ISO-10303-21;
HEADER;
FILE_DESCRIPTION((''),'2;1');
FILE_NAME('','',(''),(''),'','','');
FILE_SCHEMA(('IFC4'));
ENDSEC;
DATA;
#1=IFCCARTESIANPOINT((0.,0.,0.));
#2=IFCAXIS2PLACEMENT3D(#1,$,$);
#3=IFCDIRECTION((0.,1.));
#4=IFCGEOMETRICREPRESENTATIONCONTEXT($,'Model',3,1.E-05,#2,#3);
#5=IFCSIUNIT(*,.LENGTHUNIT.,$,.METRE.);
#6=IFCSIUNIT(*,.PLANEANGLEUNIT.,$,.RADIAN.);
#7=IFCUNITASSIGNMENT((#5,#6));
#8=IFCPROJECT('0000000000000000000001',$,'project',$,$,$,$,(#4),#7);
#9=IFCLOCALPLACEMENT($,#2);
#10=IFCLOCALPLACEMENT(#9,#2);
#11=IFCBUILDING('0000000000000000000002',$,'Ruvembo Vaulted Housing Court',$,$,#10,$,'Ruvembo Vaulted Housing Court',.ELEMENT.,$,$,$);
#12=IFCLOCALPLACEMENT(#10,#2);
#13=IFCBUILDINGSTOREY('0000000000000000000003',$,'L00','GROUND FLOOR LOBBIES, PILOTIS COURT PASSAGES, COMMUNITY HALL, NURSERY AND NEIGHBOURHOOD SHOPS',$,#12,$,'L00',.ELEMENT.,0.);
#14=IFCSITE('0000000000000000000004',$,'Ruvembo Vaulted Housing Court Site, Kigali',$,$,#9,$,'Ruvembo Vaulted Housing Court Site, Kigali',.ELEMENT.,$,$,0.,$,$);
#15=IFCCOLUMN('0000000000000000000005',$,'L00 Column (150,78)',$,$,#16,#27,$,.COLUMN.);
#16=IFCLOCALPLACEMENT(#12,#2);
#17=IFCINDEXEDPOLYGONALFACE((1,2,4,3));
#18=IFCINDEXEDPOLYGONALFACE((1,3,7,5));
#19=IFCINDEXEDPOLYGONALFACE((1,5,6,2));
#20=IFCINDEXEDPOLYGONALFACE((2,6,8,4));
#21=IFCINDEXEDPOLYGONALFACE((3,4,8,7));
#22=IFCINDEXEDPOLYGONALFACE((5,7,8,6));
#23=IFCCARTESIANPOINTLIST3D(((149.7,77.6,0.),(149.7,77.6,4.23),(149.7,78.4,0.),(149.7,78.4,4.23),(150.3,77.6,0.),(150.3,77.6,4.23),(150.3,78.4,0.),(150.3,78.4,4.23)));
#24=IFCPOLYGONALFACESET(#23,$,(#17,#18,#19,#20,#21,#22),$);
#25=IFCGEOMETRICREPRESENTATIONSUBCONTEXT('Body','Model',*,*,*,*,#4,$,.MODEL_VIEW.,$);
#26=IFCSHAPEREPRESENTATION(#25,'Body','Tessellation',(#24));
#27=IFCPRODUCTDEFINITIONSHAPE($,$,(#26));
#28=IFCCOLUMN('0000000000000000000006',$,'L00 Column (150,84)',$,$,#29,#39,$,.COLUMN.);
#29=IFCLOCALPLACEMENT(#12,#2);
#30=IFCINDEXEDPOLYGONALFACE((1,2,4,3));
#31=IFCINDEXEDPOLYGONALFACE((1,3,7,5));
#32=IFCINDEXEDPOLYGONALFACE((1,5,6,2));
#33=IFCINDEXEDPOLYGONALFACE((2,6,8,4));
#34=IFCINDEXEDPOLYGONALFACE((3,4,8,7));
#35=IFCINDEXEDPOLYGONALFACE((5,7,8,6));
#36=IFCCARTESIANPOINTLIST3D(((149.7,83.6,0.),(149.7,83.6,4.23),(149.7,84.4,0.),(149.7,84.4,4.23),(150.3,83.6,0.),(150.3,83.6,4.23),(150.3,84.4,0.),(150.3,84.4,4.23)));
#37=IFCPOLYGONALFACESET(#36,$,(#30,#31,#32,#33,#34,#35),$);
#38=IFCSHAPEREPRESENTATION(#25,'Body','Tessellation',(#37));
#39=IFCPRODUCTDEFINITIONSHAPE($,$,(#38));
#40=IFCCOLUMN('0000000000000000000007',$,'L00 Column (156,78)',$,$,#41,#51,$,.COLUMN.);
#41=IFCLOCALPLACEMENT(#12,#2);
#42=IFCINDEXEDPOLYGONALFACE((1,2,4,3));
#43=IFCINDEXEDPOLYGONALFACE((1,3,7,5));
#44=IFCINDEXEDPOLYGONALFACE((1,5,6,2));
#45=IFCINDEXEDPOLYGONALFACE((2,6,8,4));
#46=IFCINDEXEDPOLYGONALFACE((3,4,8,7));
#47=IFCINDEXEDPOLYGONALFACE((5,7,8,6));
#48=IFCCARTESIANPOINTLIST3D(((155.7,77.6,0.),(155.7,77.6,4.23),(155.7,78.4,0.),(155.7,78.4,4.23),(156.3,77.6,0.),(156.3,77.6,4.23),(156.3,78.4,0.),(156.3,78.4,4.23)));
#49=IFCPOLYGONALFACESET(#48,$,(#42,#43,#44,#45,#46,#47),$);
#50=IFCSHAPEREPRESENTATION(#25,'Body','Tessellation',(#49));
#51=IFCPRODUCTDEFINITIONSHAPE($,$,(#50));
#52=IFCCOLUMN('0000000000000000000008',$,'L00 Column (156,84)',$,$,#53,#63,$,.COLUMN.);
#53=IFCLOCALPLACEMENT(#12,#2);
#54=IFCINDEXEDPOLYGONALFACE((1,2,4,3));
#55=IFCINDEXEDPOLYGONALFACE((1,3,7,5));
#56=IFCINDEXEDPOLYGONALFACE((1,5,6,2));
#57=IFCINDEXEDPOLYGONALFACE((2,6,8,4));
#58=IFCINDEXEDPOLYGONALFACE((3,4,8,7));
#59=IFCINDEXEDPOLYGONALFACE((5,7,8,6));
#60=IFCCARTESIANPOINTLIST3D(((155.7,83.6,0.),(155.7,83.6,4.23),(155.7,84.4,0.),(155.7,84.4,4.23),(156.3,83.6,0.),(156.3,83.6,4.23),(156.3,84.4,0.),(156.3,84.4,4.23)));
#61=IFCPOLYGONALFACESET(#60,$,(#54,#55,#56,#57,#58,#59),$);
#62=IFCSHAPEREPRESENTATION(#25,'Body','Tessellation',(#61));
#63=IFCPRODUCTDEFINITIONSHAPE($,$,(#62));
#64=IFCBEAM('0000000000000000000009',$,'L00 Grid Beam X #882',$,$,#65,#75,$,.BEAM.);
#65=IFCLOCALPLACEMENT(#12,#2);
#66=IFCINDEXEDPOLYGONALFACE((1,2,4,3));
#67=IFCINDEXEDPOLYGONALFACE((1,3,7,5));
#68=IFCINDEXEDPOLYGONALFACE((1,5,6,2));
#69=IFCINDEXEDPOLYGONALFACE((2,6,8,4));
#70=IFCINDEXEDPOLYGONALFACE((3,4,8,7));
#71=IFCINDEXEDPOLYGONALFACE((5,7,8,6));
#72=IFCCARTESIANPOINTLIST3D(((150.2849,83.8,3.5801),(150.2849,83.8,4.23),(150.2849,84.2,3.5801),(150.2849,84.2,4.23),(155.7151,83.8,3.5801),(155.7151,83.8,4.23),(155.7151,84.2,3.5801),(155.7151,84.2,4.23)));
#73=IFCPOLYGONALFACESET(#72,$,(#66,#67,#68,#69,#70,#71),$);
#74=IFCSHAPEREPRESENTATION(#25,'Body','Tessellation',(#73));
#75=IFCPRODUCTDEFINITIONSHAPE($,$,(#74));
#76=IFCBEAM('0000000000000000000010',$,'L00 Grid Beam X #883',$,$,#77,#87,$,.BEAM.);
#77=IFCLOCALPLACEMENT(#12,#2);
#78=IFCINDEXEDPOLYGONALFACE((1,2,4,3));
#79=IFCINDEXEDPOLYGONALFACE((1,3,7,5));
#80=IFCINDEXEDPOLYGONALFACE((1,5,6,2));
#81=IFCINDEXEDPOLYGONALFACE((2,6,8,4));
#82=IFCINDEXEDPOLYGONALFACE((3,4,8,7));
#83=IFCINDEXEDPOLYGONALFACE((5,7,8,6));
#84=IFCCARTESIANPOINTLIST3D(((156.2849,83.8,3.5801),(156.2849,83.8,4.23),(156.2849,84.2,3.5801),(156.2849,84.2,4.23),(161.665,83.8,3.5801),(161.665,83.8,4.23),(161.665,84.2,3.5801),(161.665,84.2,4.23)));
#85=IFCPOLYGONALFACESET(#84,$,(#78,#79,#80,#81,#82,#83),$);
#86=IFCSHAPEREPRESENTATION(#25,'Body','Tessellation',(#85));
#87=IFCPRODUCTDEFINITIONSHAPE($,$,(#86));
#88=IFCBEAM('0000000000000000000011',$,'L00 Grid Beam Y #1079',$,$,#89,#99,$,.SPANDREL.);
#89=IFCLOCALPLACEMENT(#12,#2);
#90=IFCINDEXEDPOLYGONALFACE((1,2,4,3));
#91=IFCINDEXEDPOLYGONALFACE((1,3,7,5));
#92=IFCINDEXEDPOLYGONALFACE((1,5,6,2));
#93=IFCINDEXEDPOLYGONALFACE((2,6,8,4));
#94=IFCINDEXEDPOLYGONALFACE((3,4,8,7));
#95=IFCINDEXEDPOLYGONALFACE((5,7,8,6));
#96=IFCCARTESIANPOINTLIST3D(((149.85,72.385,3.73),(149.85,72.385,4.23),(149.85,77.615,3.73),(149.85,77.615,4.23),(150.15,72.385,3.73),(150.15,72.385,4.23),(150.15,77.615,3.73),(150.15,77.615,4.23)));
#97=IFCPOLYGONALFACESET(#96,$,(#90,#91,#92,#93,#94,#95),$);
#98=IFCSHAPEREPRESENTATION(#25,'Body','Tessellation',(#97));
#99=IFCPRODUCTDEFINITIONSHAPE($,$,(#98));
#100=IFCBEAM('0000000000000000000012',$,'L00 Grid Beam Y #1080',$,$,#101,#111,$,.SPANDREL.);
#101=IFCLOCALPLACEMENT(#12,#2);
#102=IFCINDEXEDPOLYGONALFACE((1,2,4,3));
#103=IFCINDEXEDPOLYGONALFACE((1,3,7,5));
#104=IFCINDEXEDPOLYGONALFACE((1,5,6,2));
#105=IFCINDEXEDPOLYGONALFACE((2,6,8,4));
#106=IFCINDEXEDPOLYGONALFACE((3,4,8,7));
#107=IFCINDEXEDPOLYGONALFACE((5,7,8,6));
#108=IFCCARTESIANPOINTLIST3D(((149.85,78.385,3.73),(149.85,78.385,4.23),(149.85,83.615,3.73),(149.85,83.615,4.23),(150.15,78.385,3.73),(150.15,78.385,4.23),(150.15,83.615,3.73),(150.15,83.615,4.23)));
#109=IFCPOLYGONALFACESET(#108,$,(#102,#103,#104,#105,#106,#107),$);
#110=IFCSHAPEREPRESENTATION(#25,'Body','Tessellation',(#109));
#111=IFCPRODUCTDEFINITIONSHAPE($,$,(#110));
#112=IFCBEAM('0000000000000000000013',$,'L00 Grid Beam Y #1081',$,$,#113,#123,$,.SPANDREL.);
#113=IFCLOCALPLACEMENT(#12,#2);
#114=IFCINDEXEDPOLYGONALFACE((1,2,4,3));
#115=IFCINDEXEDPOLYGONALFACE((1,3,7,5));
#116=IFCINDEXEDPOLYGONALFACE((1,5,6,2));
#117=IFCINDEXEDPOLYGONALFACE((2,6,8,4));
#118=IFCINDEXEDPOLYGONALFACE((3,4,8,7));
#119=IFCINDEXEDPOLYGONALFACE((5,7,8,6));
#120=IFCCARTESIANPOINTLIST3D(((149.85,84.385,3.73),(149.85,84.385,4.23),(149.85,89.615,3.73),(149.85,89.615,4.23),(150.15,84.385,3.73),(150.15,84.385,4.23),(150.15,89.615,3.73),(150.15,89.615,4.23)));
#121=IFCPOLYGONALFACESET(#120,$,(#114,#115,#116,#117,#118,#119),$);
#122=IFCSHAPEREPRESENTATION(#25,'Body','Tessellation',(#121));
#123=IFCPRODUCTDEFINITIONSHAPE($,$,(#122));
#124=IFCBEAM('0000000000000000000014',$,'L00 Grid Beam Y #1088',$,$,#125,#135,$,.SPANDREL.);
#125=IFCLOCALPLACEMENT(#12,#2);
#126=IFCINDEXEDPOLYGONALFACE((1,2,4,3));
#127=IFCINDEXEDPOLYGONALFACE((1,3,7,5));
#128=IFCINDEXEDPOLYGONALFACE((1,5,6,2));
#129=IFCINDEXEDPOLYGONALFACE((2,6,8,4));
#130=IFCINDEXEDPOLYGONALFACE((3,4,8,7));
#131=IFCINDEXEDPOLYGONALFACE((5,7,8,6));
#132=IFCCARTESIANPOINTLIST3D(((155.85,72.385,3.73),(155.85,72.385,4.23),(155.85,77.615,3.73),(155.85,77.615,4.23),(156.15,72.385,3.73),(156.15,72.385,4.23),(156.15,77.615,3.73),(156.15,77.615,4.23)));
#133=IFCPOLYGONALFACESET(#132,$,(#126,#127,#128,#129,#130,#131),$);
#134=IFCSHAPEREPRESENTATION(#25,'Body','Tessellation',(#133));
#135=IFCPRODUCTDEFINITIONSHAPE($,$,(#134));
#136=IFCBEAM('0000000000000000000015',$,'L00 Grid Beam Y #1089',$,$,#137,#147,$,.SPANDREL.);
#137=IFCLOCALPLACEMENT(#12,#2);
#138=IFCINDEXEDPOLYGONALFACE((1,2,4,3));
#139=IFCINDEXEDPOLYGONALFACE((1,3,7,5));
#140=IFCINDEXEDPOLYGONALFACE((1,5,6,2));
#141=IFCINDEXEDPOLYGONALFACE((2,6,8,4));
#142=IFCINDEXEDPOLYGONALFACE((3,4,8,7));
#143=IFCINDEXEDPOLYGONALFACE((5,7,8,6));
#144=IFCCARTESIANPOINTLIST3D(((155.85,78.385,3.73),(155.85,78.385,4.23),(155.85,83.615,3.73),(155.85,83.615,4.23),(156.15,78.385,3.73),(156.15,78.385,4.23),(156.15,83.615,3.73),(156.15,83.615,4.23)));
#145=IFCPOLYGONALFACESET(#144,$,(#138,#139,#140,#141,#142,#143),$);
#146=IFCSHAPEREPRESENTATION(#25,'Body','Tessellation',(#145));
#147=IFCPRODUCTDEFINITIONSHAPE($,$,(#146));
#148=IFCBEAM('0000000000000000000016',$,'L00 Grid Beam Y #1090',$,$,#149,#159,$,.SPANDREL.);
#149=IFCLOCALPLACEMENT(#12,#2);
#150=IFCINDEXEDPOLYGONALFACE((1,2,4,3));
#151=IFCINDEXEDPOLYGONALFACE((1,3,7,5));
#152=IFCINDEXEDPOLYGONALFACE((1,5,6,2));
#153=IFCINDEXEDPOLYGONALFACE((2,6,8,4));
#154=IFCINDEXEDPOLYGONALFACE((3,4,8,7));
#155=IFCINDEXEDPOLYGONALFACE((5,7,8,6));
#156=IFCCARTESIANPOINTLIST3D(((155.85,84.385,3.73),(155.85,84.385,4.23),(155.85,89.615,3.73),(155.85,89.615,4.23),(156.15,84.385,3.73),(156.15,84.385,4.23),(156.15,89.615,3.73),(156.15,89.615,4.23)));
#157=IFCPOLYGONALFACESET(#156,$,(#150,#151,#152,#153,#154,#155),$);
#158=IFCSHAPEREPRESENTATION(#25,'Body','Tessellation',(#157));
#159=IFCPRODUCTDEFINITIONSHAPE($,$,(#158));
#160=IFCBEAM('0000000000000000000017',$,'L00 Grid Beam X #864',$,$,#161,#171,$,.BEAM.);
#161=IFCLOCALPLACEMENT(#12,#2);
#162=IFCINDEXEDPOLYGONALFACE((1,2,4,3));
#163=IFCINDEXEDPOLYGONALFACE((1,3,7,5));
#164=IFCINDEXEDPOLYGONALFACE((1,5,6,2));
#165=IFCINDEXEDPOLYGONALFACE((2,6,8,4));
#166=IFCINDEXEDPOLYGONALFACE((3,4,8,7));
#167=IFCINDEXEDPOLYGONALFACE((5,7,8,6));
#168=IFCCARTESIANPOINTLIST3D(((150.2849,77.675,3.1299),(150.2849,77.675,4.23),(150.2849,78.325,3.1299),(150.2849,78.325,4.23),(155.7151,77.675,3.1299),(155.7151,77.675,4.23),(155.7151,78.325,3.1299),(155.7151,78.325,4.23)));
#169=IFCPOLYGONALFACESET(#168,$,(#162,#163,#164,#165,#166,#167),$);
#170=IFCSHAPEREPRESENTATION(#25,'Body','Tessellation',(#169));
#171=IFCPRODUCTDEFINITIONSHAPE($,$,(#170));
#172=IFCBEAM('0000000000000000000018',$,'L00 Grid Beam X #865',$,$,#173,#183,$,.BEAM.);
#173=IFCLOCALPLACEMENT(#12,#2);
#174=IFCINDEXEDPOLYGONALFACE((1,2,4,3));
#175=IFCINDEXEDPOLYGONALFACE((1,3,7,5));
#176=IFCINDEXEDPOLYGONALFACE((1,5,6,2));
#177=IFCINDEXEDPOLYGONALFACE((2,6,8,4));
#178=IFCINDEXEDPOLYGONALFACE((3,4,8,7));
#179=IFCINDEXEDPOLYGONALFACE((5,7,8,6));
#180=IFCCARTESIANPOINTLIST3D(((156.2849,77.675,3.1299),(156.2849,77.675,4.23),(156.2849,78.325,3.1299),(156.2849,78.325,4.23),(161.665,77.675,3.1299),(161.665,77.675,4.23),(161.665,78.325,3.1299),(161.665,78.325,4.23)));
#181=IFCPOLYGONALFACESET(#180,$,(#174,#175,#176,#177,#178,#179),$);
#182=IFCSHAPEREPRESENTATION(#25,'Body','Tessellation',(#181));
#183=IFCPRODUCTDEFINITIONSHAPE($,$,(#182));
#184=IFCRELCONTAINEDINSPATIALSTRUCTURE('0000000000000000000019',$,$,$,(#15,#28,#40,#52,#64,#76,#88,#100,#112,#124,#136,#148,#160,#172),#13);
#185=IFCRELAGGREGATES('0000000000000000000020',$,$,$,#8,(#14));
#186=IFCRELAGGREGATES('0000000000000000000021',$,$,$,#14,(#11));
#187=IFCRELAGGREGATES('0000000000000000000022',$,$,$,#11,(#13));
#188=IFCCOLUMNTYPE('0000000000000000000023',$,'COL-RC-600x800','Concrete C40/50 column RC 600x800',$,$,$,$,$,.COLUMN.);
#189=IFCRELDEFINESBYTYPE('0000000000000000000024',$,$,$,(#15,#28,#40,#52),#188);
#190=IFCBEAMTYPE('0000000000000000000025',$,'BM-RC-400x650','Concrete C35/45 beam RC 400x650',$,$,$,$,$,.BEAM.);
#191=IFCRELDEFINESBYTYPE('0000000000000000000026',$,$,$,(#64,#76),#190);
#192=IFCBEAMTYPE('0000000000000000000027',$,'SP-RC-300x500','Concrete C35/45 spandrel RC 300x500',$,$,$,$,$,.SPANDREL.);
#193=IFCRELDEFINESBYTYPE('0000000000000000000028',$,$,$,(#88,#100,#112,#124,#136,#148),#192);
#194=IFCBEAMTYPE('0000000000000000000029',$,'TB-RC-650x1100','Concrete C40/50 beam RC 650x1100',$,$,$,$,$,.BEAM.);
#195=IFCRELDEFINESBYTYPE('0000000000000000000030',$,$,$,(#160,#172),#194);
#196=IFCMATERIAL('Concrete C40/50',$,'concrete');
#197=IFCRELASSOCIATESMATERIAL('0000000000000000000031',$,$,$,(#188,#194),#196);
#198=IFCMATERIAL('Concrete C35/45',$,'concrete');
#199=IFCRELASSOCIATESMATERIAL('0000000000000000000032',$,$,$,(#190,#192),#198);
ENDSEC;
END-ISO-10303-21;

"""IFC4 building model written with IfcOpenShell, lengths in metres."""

from ifc_helpers import new_model, si_unit, direction, frame, origin, origin_2d, place, context, subcontext, project, spatial, rectangle, extrude, material, material_profile, profile_set, type_object, element, save


model = new_model("IFC4")

# Units and contexts
model_context = context("Model", 3, precision=1e-05, world=origin(), true_north=direction((0.0, 1.0)))
body_context = subcontext(model_context, "Body", "Model", "MODEL_VIEW")
ifc_project = project(units=[si_unit("LENGTHUNIT", "METRE"), si_unit("PLANEANGLEUNIT", "RADIAN")], contexts=[model_context])

# Site, building, storey
site_placement = place(None, origin())
site = spatial("IfcSite", under=ifc_project, at=site_placement, Name="Ruvembo Vaulted Housing Court Site, Kigali", LongName="Ruvembo Vaulted Housing Court Site, Kigali", CompositionType="ELEMENT", RefElevation=0.0)
building_placement = place(site_placement, origin())
building = spatial("IfcBuilding", under=site, at=building_placement, Name="Ruvembo Vaulted Housing Court", LongName="Ruvembo Vaulted Housing Court", CompositionType="ELEMENT")
storey_placement = place(building_placement, origin())
storey = spatial("IfcBuildingStorey", under=building, at=storey_placement, Name="L00", Description="GROUND FLOOR LOBBIES, PILOTIS COURT PASSAGES, COMMUNITY HALL, NURSERY AND NEIGHBOURHOOD SHOPS", LongName="L00", CompositionType="ELEMENT", Elevation=0.0)

# Columns
ifc_material_1 = material(Name="Concrete C40/50", Category="concrete")
ifc_material_profile_1 = material_profile(ifc_material_1, rectangle(XDim=0.6001, YDim=0.8, at=origin_2d()), Name="RC 600x800")
ifc_profile_set_1 = profile_set([ifc_material_profile_1], Name="Concrete C40/50")
column_type = type_object("IfcColumnType", Name="COL-RC-600x800", Description="Concrete C40/50 column RC 600x800", PredefinedType="COLUMN", material=ifc_profile_set_1)
for number, where, z_axis, x_axis, name in (
    (1, (150.0, 78.0, 0.0), (0.0, 0.0, 1.0), (1.0, 0.0, 0.0), "L00 Column (150,78)"),
    (2, (150.0, 84.0, 0.0), (0.0, 0.0, 1.0), (1.0, 0.0, 0.0), "L00 Column (150,84)"),
    (3, (156.0, 78.0, 0.0), (0.0, 0.0, 1.0), (1.0, 0.0, 0.0), "L00 Column (156,78)"),
    (4, (156.0, 84.0, 0.0), (0.0, 0.0, 1.0), (1.0, 0.0, 0.0), "L00 Column (156,84)"),
):
    element("IfcColumn", number, at=place(storey_placement, frame(where, z_axis=z_axis, x_axis=x_axis)), inside=storey, type_object=column_type, Name=name, PredefinedType="COLUMN", context=body_context, shape_type="SweptSolid", body=[
        extrude(rectangle(XDim=0.6001, YDim=0.8, at=origin_2d()), origin(), (0.0, 0.0, 1.0), 4.23),
    ])

# Beams
ifc_material_2 = material(Name="Concrete C35/45", Category="concrete")
ifc_material_profile_2 = material_profile(ifc_material_2, rectangle(XDim=0.3999, YDim=0.6499, at=origin_2d()), Name="RC 400x650")
ifc_profile_set_2 = profile_set([ifc_material_profile_2], Name="Concrete C35/45")
beam_type_1 = type_object("IfcBeamType", Name="BM-RC-400x650", Description="Concrete C35/45 beam RC 400x650", PredefinedType="BEAM", material=ifc_profile_set_2)
beam_1_placement = place(storey_placement, frame((150.2849, 84.0, 3.905), z_axis=(1.0, 0.0, 0.0), x_axis=(0.0, 1.0, 0.0)))
element("IfcBeam", 5, at=beam_1_placement, inside=storey, type_object=beam_type_1, Name="L00 Grid Beam X #882", PredefinedType="BEAM", context=body_context, shape_type="SweptSolid", body=[
    extrude(rectangle(XDim=0.3999, YDim=0.6499, at=origin_2d()), origin(), (0.0, 0.0, 1.0), 5.4302),
])
beam_2_placement = place(storey_placement, frame((156.2849, 84.0, 3.905), z_axis=(1.0, 0.0, 0.0), x_axis=(0.0, 1.0, 0.0)))
element("IfcBeam", 6, at=beam_2_placement, inside=storey, type_object=beam_type_1, Name="L00 Grid Beam X #883", PredefinedType="BEAM", context=body_context, shape_type="SweptSolid", body=[
    extrude(rectangle(XDim=0.3999, YDim=0.6499, at=origin_2d()), origin(), (0.0, 0.0, 1.0), 5.3801),
])
ifc_material_profile_3 = material_profile(ifc_material_2, rectangle(XDim=0.3, YDim=0.5, at=origin_2d()), Name="RC 300x500")
ifc_profile_set_3 = profile_set([ifc_material_profile_3], Name="Concrete C35/45")
beam_type_2 = type_object("IfcBeamType", Name="SP-RC-300x500", Description="Concrete C35/45 spandrel RC 300x500", PredefinedType="SPANDREL", material=ifc_profile_set_3)
for number, where, z_axis, x_axis, name in (
    (7, (150.0, 72.385, 3.98), (0.0, 1.0, 0.0), (-1.0, 0.0, 0.0), "L00 Grid Beam Y #1079"),
    (8, (150.0, 78.385, 3.98), (0.0, 1.0, 0.0), (-1.0, 0.0, 0.0), "L00 Grid Beam Y #1080"),
    (9, (150.0, 84.385, 3.98), (0.0, 1.0, 0.0), (-1.0, 0.0, 0.0), "L00 Grid Beam Y #1081"),
    (10, (156.0, 72.385, 3.98), (0.0, 1.0, 0.0), (-1.0, 0.0, 0.0), "L00 Grid Beam Y #1088"),
    (11, (156.0, 78.385, 3.98), (0.0, 1.0, 0.0), (-1.0, 0.0, 0.0), "L00 Grid Beam Y #1089"),
    (12, (156.0, 84.385, 3.98), (0.0, 1.0, 0.0), (-1.0, 0.0, 0.0), "L00 Grid Beam Y #1090"),
):
    element("IfcBeam", number, at=place(storey_placement, frame(where, z_axis=z_axis, x_axis=x_axis)), inside=storey, type_object=beam_type_2, Name=name, PredefinedType="SPANDREL", context=body_context, shape_type="SweptSolid", body=[
        extrude(rectangle(XDim=0.3, YDim=0.5, at=origin_2d()), origin(), (0.0, 0.0, 1.0), 5.23),
    ])
ifc_material_profile_4 = material_profile(ifc_material_1, rectangle(XDim=0.6499, YDim=1.1001, at=origin_2d()), Name="RC 650x1100")
ifc_profile_set_4 = profile_set([ifc_material_profile_4], Name="Concrete C40/50")
beam_type_3 = type_object("IfcBeamType", Name="TB-RC-650x1100", Description="Concrete C40/50 beam RC 650x1100", PredefinedType="BEAM", material=ifc_profile_set_4)
beam_3_placement = place(storey_placement, frame((150.2849, 78.0, 3.6799), z_axis=(1.0, 0.0, 0.0), x_axis=(0.0, 1.0, 0.0)))
element("IfcBeam", 13, at=beam_3_placement, inside=storey, type_object=beam_type_3, Name="L00 Grid Beam X #864", PredefinedType="BEAM", context=body_context, shape_type="SweptSolid", body=[
    extrude(rectangle(XDim=0.6499, YDim=1.1001, at=origin_2d()), origin(), (0.0, 0.0, 1.0), 5.4302),
])
beam_4_placement = place(storey_placement, frame((156.2849, 78.0, 3.6799), z_axis=(1.0, 0.0, 0.0), x_axis=(0.0, 1.0, 0.0)))
element("IfcBeam", 14, at=beam_4_placement, inside=storey, type_object=beam_type_3, Name="L00 Grid Beam X #865", PredefinedType="BEAM", context=body_context, shape_type="SweptSolid", body=[
    extrude(rectangle(XDim=0.6499, YDim=1.1001, at=origin_2d()), origin(), (0.0, 0.0, 1.0), 5.3801),
])

save(model, "model.ifc")
